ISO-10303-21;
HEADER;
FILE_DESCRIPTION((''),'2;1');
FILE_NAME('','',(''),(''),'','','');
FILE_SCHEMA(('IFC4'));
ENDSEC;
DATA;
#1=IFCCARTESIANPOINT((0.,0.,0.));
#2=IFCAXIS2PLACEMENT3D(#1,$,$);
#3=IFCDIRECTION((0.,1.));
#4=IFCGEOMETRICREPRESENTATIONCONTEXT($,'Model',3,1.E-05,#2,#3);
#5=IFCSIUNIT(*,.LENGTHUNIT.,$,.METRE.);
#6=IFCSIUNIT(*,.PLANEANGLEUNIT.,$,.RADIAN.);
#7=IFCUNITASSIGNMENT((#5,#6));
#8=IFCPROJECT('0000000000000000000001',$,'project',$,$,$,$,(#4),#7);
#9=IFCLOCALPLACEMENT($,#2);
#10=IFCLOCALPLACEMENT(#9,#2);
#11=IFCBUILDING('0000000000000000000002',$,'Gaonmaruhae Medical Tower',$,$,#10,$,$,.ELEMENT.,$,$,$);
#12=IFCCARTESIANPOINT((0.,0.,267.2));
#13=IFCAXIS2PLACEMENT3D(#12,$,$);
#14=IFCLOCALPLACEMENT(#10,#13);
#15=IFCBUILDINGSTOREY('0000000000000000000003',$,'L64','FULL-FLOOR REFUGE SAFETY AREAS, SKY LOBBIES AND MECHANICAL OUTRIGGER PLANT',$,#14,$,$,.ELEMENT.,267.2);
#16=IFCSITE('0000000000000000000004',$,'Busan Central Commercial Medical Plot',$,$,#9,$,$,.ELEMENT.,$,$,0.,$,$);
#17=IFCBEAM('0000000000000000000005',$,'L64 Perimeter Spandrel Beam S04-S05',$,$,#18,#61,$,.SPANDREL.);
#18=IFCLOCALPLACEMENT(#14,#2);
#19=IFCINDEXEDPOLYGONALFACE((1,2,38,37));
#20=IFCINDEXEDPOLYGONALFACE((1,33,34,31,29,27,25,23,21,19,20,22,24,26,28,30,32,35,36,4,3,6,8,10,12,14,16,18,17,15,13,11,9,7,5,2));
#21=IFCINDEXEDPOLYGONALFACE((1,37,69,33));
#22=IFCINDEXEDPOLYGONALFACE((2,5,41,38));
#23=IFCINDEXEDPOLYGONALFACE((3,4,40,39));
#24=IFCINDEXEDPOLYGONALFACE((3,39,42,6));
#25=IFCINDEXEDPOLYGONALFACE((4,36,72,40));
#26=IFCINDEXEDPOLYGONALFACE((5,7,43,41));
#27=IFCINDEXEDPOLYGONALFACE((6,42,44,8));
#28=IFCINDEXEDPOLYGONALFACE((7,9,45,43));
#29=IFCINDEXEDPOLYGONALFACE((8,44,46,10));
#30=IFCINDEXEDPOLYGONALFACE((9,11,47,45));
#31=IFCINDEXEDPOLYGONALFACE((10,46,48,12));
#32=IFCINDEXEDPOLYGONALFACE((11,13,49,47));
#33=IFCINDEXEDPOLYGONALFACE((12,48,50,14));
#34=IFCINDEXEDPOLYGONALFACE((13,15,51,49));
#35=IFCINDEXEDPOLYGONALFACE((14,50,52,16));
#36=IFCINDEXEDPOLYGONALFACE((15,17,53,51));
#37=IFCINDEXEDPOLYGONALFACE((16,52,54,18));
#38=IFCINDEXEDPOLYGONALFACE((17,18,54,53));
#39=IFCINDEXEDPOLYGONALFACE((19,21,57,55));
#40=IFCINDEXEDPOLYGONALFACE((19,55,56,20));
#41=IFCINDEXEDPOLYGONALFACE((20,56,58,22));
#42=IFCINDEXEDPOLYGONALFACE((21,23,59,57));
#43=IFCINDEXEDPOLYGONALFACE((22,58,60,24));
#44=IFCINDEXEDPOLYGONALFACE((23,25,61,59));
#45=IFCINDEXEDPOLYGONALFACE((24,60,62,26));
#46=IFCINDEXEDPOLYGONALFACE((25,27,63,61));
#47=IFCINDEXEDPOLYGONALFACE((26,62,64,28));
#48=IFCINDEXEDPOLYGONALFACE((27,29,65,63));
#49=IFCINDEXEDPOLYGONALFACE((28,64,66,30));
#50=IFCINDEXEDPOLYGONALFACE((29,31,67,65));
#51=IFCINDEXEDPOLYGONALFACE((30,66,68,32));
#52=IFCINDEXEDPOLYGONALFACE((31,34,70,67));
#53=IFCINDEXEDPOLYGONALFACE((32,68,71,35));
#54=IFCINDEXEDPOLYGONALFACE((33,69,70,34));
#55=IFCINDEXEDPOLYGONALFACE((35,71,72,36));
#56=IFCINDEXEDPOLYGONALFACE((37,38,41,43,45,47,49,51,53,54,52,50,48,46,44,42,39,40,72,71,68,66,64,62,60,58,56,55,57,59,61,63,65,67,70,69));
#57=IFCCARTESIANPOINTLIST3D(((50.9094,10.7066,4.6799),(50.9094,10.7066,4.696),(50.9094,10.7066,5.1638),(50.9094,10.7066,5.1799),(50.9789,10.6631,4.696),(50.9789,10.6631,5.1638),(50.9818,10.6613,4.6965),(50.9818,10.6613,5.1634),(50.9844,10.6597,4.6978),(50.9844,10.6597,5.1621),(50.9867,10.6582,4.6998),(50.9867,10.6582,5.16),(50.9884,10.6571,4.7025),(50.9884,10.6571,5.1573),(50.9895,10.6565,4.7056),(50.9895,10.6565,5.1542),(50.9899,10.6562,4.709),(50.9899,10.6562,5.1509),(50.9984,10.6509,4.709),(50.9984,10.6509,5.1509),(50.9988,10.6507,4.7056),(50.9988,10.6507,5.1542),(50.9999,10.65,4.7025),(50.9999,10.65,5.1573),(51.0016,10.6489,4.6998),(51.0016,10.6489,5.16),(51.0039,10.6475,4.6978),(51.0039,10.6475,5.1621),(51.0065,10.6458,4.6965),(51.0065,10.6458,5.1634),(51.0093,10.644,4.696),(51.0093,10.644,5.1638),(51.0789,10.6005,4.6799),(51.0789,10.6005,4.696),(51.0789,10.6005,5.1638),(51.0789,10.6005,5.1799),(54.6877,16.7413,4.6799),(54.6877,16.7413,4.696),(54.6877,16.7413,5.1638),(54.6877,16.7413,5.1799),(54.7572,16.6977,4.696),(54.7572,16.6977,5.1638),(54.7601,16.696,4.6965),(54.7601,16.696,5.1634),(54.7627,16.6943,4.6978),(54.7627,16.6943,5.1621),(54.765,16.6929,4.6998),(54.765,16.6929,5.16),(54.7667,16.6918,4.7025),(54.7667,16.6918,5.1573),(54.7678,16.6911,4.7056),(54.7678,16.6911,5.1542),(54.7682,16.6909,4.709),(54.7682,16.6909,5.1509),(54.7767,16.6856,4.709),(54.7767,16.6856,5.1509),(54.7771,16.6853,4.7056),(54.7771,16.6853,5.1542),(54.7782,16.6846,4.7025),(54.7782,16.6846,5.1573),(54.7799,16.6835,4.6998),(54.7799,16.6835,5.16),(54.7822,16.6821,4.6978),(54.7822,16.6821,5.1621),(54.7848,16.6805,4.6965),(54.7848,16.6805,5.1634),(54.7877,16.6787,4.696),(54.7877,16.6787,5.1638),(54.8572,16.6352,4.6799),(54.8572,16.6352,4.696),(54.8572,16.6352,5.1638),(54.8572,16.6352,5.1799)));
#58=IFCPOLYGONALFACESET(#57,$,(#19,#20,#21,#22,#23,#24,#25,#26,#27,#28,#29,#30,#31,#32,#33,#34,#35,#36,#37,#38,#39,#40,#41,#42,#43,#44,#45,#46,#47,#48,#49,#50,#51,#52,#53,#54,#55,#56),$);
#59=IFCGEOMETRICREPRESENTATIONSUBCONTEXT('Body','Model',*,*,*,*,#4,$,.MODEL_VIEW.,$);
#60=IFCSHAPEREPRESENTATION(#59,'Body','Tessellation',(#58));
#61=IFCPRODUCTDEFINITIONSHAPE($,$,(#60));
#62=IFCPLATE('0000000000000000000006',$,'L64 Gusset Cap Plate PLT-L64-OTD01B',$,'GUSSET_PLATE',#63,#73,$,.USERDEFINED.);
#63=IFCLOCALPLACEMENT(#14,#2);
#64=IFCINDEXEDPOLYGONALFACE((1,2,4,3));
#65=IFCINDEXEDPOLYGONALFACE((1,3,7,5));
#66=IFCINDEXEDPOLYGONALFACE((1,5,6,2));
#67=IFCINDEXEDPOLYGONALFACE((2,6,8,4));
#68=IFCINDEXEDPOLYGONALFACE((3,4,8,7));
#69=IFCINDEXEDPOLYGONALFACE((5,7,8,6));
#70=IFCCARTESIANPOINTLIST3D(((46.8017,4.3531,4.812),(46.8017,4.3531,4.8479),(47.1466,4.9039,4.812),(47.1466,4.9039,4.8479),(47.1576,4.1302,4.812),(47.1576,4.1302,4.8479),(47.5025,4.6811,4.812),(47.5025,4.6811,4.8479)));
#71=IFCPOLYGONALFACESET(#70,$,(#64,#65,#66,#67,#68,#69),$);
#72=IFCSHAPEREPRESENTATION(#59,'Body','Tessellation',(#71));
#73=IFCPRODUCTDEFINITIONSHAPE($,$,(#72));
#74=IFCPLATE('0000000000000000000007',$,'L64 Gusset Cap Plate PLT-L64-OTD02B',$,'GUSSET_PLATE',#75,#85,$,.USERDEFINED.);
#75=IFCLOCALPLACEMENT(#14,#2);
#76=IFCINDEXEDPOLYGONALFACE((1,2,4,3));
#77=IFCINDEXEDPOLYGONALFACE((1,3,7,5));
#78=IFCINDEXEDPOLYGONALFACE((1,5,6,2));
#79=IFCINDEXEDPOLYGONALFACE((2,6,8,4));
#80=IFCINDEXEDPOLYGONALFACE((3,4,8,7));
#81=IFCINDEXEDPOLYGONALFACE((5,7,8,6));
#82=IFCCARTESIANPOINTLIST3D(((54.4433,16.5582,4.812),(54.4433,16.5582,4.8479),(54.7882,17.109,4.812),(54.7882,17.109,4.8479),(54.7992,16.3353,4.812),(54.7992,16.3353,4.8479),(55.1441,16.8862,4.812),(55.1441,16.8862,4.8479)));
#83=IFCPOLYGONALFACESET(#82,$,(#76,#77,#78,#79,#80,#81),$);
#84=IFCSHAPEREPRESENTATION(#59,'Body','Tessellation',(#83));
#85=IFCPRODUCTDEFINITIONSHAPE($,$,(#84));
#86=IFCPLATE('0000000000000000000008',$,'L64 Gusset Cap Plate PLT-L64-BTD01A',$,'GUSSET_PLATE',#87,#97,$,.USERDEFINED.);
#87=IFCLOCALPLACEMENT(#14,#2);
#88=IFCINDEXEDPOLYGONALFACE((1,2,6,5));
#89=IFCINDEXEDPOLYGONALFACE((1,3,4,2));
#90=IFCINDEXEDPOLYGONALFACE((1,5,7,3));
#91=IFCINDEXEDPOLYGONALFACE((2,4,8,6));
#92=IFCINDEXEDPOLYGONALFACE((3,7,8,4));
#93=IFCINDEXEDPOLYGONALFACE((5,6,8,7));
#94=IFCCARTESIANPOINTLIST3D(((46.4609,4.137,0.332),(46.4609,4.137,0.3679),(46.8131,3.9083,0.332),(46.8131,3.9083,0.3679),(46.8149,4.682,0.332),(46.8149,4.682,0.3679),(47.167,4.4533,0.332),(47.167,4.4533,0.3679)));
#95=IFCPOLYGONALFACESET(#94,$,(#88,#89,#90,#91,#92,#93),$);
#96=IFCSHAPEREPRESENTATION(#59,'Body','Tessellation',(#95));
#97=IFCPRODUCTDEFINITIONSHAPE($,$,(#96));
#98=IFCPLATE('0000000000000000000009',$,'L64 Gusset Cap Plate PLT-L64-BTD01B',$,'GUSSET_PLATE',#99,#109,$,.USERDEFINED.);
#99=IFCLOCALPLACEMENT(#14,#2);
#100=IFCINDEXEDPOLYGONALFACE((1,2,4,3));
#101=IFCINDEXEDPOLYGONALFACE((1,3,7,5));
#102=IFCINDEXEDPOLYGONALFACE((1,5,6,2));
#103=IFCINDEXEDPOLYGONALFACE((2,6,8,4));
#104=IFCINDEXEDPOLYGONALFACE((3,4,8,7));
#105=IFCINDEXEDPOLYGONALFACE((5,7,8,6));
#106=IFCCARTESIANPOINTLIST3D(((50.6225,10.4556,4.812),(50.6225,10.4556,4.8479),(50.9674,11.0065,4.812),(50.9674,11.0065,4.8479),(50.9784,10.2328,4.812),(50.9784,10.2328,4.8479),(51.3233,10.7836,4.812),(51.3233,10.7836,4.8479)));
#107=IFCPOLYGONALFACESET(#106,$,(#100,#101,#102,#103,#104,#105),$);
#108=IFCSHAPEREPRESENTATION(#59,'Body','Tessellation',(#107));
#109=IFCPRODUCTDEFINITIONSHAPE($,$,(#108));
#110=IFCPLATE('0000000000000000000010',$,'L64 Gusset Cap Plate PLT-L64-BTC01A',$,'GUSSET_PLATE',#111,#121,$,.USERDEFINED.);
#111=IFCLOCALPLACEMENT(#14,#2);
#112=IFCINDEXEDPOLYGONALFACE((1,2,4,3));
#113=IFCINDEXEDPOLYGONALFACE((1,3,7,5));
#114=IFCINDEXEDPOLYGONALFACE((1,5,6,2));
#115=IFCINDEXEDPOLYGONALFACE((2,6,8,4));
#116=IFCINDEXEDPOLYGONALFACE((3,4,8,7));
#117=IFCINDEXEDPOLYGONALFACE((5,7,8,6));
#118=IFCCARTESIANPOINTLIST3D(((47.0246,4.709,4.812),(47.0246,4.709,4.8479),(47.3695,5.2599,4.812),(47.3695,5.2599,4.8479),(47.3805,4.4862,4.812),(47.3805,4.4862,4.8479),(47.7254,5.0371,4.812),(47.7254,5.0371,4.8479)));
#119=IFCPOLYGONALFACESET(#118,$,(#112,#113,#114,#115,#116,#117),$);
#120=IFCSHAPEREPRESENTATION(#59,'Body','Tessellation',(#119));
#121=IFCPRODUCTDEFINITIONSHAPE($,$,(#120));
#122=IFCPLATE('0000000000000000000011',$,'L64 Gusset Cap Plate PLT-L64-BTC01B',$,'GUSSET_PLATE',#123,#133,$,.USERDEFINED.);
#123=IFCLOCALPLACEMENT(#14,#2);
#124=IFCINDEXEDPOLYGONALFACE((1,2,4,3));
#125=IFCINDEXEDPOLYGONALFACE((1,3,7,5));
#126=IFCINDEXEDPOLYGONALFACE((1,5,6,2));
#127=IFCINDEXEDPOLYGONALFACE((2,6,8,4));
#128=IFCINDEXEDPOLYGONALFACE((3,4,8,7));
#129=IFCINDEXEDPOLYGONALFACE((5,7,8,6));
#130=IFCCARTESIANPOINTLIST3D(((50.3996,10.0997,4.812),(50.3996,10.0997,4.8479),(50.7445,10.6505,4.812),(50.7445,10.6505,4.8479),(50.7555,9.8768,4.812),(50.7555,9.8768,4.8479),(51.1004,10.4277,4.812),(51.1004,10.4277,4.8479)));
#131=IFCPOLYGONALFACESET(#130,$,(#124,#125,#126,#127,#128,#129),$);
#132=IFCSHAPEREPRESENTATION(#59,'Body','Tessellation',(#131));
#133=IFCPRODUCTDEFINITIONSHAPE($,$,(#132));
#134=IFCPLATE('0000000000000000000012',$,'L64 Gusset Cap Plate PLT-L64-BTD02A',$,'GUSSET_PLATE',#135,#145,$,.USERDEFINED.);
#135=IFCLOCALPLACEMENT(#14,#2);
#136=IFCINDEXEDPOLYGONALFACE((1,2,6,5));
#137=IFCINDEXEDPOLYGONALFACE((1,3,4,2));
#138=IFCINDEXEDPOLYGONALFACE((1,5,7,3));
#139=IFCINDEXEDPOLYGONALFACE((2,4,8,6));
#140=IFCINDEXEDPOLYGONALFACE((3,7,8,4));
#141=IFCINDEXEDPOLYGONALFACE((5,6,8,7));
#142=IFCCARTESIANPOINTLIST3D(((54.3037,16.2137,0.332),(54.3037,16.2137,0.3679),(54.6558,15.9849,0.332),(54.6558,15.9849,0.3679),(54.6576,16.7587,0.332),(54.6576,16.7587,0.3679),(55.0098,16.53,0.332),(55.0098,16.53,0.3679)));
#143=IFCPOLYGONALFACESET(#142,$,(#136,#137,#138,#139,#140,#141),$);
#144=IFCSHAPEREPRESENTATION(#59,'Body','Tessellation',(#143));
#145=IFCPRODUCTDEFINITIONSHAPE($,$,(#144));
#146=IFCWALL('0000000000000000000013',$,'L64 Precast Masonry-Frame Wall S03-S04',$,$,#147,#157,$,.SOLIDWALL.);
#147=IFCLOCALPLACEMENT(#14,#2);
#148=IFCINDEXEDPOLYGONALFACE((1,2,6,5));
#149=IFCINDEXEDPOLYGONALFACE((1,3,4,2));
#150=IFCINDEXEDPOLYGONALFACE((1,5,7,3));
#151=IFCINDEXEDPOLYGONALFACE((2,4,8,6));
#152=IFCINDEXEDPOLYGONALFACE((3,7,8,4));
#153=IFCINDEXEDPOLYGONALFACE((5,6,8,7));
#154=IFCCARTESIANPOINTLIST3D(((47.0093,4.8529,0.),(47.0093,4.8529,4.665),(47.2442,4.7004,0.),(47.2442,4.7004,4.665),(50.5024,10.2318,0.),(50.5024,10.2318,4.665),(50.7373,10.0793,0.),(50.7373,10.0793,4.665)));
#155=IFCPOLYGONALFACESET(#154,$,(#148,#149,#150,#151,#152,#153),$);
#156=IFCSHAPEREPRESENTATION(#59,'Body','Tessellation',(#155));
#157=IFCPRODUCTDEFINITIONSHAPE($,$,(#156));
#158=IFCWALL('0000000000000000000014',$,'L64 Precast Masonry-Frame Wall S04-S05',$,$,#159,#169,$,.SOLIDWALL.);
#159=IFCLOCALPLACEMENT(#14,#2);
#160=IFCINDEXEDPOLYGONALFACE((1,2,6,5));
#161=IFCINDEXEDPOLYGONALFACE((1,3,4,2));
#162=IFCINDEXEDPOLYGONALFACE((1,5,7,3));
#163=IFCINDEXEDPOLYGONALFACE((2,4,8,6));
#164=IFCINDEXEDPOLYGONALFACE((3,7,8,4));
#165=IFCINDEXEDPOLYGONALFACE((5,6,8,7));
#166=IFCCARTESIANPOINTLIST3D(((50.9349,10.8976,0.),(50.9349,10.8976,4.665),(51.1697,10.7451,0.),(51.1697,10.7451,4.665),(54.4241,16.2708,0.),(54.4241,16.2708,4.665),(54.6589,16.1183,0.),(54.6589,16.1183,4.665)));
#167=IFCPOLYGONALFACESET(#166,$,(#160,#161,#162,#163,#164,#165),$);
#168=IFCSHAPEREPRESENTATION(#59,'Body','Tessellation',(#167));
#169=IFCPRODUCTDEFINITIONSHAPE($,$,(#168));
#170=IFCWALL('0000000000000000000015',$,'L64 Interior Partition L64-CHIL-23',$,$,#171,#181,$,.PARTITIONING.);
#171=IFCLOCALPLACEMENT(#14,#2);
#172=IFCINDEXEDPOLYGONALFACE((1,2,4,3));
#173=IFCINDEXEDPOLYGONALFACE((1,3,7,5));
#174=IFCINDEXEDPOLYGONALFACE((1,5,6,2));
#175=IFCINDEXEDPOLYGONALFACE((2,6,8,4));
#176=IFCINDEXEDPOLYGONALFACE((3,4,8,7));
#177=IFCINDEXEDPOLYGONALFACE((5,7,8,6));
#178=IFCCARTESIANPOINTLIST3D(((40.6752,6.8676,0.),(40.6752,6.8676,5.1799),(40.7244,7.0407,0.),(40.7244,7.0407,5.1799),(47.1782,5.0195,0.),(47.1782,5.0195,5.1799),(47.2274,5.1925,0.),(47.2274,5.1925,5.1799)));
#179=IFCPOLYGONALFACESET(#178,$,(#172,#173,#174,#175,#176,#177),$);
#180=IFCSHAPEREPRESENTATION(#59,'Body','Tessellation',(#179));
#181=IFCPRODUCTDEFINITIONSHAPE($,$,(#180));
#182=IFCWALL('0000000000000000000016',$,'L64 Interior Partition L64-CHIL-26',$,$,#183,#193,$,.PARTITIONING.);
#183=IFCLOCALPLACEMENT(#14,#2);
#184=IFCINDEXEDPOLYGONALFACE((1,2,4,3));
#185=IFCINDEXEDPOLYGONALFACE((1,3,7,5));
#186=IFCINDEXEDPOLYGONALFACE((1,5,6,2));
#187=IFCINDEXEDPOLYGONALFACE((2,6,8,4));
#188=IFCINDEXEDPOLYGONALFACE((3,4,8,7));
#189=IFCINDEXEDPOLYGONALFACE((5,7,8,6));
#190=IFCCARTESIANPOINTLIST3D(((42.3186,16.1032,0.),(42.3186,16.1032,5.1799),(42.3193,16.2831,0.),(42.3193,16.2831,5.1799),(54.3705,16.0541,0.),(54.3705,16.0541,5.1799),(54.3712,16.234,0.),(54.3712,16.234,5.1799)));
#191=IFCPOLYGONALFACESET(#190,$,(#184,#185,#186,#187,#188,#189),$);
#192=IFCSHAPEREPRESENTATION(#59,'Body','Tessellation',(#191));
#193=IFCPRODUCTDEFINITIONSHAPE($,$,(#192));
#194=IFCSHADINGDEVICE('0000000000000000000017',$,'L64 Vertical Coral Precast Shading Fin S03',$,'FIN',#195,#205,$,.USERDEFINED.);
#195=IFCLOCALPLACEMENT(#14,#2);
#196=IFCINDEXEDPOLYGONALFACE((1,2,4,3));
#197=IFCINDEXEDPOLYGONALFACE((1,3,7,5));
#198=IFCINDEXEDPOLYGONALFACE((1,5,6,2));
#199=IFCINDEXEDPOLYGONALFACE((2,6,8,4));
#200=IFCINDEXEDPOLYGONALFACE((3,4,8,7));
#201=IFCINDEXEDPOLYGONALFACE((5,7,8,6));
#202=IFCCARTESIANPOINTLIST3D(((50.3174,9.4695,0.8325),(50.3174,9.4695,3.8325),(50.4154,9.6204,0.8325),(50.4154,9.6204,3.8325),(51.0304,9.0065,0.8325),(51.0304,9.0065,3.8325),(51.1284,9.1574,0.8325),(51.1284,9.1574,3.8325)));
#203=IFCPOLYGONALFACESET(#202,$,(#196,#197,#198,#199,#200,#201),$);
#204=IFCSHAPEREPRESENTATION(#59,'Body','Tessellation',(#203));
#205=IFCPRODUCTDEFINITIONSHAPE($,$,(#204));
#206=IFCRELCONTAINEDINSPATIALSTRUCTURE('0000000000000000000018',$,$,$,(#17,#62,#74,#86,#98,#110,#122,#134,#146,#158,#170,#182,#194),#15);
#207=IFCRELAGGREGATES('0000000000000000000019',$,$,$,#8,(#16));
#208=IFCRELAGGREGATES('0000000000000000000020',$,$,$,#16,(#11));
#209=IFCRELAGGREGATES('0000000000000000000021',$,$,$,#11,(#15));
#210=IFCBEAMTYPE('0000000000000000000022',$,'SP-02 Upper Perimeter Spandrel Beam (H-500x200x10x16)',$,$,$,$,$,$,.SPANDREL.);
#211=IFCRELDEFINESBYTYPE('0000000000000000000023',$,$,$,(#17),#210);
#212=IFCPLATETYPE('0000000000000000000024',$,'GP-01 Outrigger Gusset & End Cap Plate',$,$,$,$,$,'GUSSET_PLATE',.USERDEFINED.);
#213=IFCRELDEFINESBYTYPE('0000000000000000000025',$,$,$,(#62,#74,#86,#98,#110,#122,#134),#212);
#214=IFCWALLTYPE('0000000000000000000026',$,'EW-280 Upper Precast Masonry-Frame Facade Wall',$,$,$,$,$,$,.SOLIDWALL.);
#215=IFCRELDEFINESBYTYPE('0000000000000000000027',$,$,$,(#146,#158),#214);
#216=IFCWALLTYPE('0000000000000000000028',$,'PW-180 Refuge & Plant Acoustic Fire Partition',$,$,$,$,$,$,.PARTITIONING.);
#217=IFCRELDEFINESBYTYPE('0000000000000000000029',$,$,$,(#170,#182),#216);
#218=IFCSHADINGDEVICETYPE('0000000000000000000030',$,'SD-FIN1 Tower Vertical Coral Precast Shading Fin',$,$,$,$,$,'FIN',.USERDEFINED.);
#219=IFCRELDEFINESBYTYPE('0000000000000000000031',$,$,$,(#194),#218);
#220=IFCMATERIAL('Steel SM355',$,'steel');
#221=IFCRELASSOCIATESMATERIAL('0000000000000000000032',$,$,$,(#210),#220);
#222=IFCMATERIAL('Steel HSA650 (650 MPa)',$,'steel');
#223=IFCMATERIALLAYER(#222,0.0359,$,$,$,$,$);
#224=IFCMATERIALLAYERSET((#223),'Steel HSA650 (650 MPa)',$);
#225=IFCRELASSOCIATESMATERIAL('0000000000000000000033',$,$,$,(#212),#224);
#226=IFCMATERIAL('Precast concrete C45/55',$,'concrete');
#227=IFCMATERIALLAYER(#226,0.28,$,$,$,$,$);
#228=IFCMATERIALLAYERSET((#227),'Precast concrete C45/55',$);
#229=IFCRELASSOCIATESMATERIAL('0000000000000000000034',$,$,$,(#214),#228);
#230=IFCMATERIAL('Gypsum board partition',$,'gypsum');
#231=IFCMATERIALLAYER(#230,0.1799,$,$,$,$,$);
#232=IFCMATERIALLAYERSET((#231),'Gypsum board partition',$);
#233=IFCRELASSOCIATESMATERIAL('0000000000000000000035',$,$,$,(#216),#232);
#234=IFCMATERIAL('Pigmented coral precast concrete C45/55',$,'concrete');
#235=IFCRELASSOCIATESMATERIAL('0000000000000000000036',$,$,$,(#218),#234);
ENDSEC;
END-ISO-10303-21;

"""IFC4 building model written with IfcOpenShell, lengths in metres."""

from ifc_helpers import new_model, si_unit, direction, frame, frame_2d, origin, origin_2d, place, context, subcontext, project, spatial, rectangle, i_section, extrude, material, layer, layer_set, material_profile, profile_set, type_object, element, save


model = new_model("IFC4")

# Units and contexts
model_context = context("Model", 3, precision=1e-05, world=origin(), true_north=direction((0.0, 1.0)))
body_context = subcontext(model_context, "Body", "Model", "MODEL_VIEW")
ifc_project = project(units=[si_unit("LENGTHUNIT", "METRE"), si_unit("PLANEANGLEUNIT", "RADIAN")], contexts=[model_context])

# Site, building, storey
site_placement = place(None, origin())
site = spatial("IfcSite", under=ifc_project, at=site_placement, Name="Busan Central Commercial Medical Plot", CompositionType="ELEMENT", RefElevation=0.0)
building_placement = place(site_placement, origin())
building = spatial("IfcBuilding", under=site, at=building_placement, Name="Gaonmaruhae Medical Tower", CompositionType="ELEMENT")
storey_placement = place(building_placement, frame((0.0, 0.0, 267.2)))
storey = spatial("IfcBuildingStorey", under=building, at=storey_placement, Name="L64", Description="FULL-FLOOR REFUGE SAFETY AREAS, SKY LOBBIES AND MECHANICAL OUTRIGGER PLANT", CompositionType="ELEMENT", Elevation=267.2)

# Shared definitions
ifc_material_1 = material(Name="Steel HSA650 (650 MPa)", Category="steel")

# Beam
ifc_material_2 = material(Name="Steel SM355", Category="steel")
ifc_material_profile_1 = material_profile(ifc_material_2, i_section(OverallWidth=0.2, OverallDepth=0.5, WebThickness=0.01, FlangeThickness=0.0161, FilletRadius=0.0129, at=origin_2d()), Name="H-500x200x10x16")
ifc_profile_set_1 = profile_set([ifc_material_profile_1], Name="Steel SM355")
beam_type_1 = type_object("IfcBeamType", Name="SP-02 Upper Perimeter Spandrel Beam (H-500x200x10x16)", PredefinedType="SPANDREL", material=ifc_profile_set_1)
beam_1_placement = place(storey_placement, frame((50.9941, 10.6536, 4.9299), z_axis=(0.530671, 0.847578, 0.0), x_axis=(-0.847578, 0.530671, 0.0)))
element("IfcBeam", 1, at=beam_1_placement, inside=storey, type_object=beam_type_1, Name="L64 Perimeter Spandrel Beam S04-S05", PredefinedType="SPANDREL", context=body_context, shape_type="SweptSolid", body=[
    extrude(i_section(OverallWidth=0.2, OverallDepth=0.5, WebThickness=0.01, FlangeThickness=0.0161, FilletRadius=0.0129, at=origin_2d()), origin(), (0.0, 0.0, 1.0), 7.1199),
])

# Plates
ifc_layer_1 = layer(ifc_material_1, 0.0359)
ifc_layer_set_1 = layer_set([ifc_layer_1], Name="Steel HSA650 (650 MPa)")
plate_type = type_object("IfcPlateType", Name="GP-01 Outrigger Gusset & End Cap Plate", ElementType="GUSSET_PLATE", PredefinedType="USERDEFINED", material=ifc_layer_set_1)
for number, where, z_axis, x_axis, name in (
    (2, (47.1521, 4.5171, 4.812), (0.0, 0.0, 1.0), (0.530659, 0.847585, 0.0), "L64 Gusset Cap Plate PLT-L64-OTD01B"),
    (3, (54.7937, 16.7222, 4.812), (0.0, 0.0, 1.0), (0.530659, 0.847585, 0.0), "L64 Gusset Cap Plate PLT-L64-OTD02B"),
    (4, (46.814, 4.2952, 0.332), (0.0, 0.0, 1.0), (0.544639, 0.838671, 0.0), "L64 Gusset Cap Plate PLT-L64-BTD01A"),
    (5, (50.9729, 10.6196, 4.812), (0.0, 0.0, 1.0), (0.530659, 0.847585, 0.0), "L64 Gusset Cap Plate PLT-L64-BTD01B"),
    (6, (47.375, 4.873, 4.812), (0.0, 0.0, 1.0), (0.530659, 0.847585, 0.0), "L64 Gusset Cap Plate PLT-L64-BTC01A"),
    (7, (50.75, 10.2637, 4.812), (0.0, 0.0, 1.0), (0.530659, 0.847585, 0.0), "L64 Gusset Cap Plate PLT-L64-BTC01B"),
    (8, (54.6567, 16.3718, 0.332), (0.0, 0.0, 1.0), (0.544639, 0.838671, 0.0), "L64 Gusset Cap Plate PLT-L64-BTD02A"),
):
    element("IfcPlate", number, at=place(storey_placement, frame(where, z_axis=z_axis, x_axis=x_axis)), inside=storey, type_object=plate_type, Name=name, ObjectType="GUSSET_PLATE", PredefinedType="USERDEFINED", context=body_context, shape_type="SweptSolid", body=[
        extrude(rectangle(XDim=0.6499, YDim=0.4199, at=origin_2d()), origin(), (0.0, 0.0, 1.0), 0.0359),
    ])

# Walls
ifc_material_3 = material(Name="Precast concrete C45/55", Category="concrete")
ifc_layer_2 = layer(ifc_material_3, 0.28)
ifc_layer_set_2 = layer_set([ifc_layer_2], Name="Precast concrete C45/55")
wall_type_1 = type_object("IfcWallType", Name="EW-280 Upper Precast Masonry-Frame Facade Wall", PredefinedType="SOLIDWALL", material=ifc_layer_set_2)
wall_1_placement = place(storey_placement, frame((50.6199, 10.1555, 0.0), z_axis=(0.0, 0.0, 1.0), x_axis=(-0.544646, -0.838666, 0.0)))
element("IfcWall", 9, at=wall_1_placement, inside=storey, type_object=wall_type_1, Name="L64 Precast Masonry-Frame Wall S03-S04", PredefinedType="SOLIDWALL", context=body_context, shape_type="SweptSolid", body=[
    extrude(rectangle(XDim=6.4136, YDim=0.28, at=frame_2d((3.2068, 0.0))), origin(), (0.0, 0.0, 1.0), 4.665),
])
wall_2_placement = place(storey_placement, frame((54.5415, 16.1946, 0.0), z_axis=(0.0, 0.0, 1.0), x_axis=(-0.544617, -0.838685, 0.0)))
element("IfcWall", 10, at=wall_2_placement, inside=storey, type_object=wall_type_1, Name="L64 Precast Masonry-Frame Wall S04-S05", PredefinedType="SOLIDWALL", context=body_context, shape_type="SweptSolid", body=[
    extrude(rectangle(XDim=6.4067, YDim=0.28, at=frame_2d((3.2034, 0.0))), origin(), (0.0, 0.0, 1.0), 4.665),
])
ifc_material_4 = material(Name="Gypsum board partition", Category="gypsum")
ifc_layer_3 = layer(ifc_material_4, 0.1799)
ifc_layer_set_3 = layer_set([ifc_layer_3], Name="Gypsum board partition")
wall_type_2 = type_object("IfcWallType", Name="PW-180 Refuge & Plant Acoustic Fire Partition", PredefinedType="PARTITIONING", material=ifc_layer_set_3)
wall_3_placement = place(storey_placement, frame((47.2029, 5.106, 0.0), z_axis=(0.0, 0.0, 1.0), x_axis=(-0.961907, 0.273376, 0.0)))
element("IfcWall", 11, at=wall_3_placement, inside=storey, type_object=wall_type_2, Name="L64 Interior Partition L64-CHIL-23", PredefinedType="PARTITIONING", context=body_context, shape_type="SweptSolid", body=[
    extrude(rectangle(XDim=6.7605, YDim=0.1799, at=frame_2d((3.3804, 0.0))), origin(), (0.0, 0.0, 1.0), 5.1799),
])
wall_4_placement = place(storey_placement, frame((42.3191, 16.1931, 0.0), z_axis=(0.0, 0.0, 1.0), x_axis=(0.999992, -0.004072, 0.0)))
element("IfcWall", 12, at=wall_4_placement, inside=storey, type_object=wall_type_2, Name="L64 Interior Partition L64-CHIL-26", PredefinedType="PARTITIONING", context=body_context, shape_type="SweptSolid", body=[
    extrude(rectangle(XDim=12.052, YDim=0.1799, at=frame_2d((6.0259, 0.0))), origin(), (0.0, 0.0, 1.0), 5.1799),
])

# Shading device
ifc_material_5 = material(Name="Pigmented coral precast concrete C45/55", Category="concrete")
shading_device_type = type_object("IfcShadingDeviceType", Name="SD-FIN1 Tower Vertical Coral Precast Shading Fin", ElementType="FIN", PredefinedType="USERDEFINED", material=ifc_material_5)
for number, where, z_axis, x_axis, name in (
    (13, (50.7229, 9.3135, 0.8325), (0.0, 0.0, 1.0), (-0.544639, -0.838671, 0.0), "L64 Vertical Coral Precast Shading Fin S03"),
):
    element("IfcShadingDevice", number, at=place(storey_placement, frame(where, z_axis=z_axis, x_axis=x_axis)), inside=storey, type_object=shading_device_type, Name=name, ObjectType="FIN", PredefinedType="USERDEFINED", context=body_context, shape_type="SweptSolid", body=[
        extrude(rectangle(XDim=0.1799, YDim=0.8501, at=origin_2d()), origin(), (0.0, 0.0, 1.0), 3.0),
    ])

save(model, "model.ifc")
